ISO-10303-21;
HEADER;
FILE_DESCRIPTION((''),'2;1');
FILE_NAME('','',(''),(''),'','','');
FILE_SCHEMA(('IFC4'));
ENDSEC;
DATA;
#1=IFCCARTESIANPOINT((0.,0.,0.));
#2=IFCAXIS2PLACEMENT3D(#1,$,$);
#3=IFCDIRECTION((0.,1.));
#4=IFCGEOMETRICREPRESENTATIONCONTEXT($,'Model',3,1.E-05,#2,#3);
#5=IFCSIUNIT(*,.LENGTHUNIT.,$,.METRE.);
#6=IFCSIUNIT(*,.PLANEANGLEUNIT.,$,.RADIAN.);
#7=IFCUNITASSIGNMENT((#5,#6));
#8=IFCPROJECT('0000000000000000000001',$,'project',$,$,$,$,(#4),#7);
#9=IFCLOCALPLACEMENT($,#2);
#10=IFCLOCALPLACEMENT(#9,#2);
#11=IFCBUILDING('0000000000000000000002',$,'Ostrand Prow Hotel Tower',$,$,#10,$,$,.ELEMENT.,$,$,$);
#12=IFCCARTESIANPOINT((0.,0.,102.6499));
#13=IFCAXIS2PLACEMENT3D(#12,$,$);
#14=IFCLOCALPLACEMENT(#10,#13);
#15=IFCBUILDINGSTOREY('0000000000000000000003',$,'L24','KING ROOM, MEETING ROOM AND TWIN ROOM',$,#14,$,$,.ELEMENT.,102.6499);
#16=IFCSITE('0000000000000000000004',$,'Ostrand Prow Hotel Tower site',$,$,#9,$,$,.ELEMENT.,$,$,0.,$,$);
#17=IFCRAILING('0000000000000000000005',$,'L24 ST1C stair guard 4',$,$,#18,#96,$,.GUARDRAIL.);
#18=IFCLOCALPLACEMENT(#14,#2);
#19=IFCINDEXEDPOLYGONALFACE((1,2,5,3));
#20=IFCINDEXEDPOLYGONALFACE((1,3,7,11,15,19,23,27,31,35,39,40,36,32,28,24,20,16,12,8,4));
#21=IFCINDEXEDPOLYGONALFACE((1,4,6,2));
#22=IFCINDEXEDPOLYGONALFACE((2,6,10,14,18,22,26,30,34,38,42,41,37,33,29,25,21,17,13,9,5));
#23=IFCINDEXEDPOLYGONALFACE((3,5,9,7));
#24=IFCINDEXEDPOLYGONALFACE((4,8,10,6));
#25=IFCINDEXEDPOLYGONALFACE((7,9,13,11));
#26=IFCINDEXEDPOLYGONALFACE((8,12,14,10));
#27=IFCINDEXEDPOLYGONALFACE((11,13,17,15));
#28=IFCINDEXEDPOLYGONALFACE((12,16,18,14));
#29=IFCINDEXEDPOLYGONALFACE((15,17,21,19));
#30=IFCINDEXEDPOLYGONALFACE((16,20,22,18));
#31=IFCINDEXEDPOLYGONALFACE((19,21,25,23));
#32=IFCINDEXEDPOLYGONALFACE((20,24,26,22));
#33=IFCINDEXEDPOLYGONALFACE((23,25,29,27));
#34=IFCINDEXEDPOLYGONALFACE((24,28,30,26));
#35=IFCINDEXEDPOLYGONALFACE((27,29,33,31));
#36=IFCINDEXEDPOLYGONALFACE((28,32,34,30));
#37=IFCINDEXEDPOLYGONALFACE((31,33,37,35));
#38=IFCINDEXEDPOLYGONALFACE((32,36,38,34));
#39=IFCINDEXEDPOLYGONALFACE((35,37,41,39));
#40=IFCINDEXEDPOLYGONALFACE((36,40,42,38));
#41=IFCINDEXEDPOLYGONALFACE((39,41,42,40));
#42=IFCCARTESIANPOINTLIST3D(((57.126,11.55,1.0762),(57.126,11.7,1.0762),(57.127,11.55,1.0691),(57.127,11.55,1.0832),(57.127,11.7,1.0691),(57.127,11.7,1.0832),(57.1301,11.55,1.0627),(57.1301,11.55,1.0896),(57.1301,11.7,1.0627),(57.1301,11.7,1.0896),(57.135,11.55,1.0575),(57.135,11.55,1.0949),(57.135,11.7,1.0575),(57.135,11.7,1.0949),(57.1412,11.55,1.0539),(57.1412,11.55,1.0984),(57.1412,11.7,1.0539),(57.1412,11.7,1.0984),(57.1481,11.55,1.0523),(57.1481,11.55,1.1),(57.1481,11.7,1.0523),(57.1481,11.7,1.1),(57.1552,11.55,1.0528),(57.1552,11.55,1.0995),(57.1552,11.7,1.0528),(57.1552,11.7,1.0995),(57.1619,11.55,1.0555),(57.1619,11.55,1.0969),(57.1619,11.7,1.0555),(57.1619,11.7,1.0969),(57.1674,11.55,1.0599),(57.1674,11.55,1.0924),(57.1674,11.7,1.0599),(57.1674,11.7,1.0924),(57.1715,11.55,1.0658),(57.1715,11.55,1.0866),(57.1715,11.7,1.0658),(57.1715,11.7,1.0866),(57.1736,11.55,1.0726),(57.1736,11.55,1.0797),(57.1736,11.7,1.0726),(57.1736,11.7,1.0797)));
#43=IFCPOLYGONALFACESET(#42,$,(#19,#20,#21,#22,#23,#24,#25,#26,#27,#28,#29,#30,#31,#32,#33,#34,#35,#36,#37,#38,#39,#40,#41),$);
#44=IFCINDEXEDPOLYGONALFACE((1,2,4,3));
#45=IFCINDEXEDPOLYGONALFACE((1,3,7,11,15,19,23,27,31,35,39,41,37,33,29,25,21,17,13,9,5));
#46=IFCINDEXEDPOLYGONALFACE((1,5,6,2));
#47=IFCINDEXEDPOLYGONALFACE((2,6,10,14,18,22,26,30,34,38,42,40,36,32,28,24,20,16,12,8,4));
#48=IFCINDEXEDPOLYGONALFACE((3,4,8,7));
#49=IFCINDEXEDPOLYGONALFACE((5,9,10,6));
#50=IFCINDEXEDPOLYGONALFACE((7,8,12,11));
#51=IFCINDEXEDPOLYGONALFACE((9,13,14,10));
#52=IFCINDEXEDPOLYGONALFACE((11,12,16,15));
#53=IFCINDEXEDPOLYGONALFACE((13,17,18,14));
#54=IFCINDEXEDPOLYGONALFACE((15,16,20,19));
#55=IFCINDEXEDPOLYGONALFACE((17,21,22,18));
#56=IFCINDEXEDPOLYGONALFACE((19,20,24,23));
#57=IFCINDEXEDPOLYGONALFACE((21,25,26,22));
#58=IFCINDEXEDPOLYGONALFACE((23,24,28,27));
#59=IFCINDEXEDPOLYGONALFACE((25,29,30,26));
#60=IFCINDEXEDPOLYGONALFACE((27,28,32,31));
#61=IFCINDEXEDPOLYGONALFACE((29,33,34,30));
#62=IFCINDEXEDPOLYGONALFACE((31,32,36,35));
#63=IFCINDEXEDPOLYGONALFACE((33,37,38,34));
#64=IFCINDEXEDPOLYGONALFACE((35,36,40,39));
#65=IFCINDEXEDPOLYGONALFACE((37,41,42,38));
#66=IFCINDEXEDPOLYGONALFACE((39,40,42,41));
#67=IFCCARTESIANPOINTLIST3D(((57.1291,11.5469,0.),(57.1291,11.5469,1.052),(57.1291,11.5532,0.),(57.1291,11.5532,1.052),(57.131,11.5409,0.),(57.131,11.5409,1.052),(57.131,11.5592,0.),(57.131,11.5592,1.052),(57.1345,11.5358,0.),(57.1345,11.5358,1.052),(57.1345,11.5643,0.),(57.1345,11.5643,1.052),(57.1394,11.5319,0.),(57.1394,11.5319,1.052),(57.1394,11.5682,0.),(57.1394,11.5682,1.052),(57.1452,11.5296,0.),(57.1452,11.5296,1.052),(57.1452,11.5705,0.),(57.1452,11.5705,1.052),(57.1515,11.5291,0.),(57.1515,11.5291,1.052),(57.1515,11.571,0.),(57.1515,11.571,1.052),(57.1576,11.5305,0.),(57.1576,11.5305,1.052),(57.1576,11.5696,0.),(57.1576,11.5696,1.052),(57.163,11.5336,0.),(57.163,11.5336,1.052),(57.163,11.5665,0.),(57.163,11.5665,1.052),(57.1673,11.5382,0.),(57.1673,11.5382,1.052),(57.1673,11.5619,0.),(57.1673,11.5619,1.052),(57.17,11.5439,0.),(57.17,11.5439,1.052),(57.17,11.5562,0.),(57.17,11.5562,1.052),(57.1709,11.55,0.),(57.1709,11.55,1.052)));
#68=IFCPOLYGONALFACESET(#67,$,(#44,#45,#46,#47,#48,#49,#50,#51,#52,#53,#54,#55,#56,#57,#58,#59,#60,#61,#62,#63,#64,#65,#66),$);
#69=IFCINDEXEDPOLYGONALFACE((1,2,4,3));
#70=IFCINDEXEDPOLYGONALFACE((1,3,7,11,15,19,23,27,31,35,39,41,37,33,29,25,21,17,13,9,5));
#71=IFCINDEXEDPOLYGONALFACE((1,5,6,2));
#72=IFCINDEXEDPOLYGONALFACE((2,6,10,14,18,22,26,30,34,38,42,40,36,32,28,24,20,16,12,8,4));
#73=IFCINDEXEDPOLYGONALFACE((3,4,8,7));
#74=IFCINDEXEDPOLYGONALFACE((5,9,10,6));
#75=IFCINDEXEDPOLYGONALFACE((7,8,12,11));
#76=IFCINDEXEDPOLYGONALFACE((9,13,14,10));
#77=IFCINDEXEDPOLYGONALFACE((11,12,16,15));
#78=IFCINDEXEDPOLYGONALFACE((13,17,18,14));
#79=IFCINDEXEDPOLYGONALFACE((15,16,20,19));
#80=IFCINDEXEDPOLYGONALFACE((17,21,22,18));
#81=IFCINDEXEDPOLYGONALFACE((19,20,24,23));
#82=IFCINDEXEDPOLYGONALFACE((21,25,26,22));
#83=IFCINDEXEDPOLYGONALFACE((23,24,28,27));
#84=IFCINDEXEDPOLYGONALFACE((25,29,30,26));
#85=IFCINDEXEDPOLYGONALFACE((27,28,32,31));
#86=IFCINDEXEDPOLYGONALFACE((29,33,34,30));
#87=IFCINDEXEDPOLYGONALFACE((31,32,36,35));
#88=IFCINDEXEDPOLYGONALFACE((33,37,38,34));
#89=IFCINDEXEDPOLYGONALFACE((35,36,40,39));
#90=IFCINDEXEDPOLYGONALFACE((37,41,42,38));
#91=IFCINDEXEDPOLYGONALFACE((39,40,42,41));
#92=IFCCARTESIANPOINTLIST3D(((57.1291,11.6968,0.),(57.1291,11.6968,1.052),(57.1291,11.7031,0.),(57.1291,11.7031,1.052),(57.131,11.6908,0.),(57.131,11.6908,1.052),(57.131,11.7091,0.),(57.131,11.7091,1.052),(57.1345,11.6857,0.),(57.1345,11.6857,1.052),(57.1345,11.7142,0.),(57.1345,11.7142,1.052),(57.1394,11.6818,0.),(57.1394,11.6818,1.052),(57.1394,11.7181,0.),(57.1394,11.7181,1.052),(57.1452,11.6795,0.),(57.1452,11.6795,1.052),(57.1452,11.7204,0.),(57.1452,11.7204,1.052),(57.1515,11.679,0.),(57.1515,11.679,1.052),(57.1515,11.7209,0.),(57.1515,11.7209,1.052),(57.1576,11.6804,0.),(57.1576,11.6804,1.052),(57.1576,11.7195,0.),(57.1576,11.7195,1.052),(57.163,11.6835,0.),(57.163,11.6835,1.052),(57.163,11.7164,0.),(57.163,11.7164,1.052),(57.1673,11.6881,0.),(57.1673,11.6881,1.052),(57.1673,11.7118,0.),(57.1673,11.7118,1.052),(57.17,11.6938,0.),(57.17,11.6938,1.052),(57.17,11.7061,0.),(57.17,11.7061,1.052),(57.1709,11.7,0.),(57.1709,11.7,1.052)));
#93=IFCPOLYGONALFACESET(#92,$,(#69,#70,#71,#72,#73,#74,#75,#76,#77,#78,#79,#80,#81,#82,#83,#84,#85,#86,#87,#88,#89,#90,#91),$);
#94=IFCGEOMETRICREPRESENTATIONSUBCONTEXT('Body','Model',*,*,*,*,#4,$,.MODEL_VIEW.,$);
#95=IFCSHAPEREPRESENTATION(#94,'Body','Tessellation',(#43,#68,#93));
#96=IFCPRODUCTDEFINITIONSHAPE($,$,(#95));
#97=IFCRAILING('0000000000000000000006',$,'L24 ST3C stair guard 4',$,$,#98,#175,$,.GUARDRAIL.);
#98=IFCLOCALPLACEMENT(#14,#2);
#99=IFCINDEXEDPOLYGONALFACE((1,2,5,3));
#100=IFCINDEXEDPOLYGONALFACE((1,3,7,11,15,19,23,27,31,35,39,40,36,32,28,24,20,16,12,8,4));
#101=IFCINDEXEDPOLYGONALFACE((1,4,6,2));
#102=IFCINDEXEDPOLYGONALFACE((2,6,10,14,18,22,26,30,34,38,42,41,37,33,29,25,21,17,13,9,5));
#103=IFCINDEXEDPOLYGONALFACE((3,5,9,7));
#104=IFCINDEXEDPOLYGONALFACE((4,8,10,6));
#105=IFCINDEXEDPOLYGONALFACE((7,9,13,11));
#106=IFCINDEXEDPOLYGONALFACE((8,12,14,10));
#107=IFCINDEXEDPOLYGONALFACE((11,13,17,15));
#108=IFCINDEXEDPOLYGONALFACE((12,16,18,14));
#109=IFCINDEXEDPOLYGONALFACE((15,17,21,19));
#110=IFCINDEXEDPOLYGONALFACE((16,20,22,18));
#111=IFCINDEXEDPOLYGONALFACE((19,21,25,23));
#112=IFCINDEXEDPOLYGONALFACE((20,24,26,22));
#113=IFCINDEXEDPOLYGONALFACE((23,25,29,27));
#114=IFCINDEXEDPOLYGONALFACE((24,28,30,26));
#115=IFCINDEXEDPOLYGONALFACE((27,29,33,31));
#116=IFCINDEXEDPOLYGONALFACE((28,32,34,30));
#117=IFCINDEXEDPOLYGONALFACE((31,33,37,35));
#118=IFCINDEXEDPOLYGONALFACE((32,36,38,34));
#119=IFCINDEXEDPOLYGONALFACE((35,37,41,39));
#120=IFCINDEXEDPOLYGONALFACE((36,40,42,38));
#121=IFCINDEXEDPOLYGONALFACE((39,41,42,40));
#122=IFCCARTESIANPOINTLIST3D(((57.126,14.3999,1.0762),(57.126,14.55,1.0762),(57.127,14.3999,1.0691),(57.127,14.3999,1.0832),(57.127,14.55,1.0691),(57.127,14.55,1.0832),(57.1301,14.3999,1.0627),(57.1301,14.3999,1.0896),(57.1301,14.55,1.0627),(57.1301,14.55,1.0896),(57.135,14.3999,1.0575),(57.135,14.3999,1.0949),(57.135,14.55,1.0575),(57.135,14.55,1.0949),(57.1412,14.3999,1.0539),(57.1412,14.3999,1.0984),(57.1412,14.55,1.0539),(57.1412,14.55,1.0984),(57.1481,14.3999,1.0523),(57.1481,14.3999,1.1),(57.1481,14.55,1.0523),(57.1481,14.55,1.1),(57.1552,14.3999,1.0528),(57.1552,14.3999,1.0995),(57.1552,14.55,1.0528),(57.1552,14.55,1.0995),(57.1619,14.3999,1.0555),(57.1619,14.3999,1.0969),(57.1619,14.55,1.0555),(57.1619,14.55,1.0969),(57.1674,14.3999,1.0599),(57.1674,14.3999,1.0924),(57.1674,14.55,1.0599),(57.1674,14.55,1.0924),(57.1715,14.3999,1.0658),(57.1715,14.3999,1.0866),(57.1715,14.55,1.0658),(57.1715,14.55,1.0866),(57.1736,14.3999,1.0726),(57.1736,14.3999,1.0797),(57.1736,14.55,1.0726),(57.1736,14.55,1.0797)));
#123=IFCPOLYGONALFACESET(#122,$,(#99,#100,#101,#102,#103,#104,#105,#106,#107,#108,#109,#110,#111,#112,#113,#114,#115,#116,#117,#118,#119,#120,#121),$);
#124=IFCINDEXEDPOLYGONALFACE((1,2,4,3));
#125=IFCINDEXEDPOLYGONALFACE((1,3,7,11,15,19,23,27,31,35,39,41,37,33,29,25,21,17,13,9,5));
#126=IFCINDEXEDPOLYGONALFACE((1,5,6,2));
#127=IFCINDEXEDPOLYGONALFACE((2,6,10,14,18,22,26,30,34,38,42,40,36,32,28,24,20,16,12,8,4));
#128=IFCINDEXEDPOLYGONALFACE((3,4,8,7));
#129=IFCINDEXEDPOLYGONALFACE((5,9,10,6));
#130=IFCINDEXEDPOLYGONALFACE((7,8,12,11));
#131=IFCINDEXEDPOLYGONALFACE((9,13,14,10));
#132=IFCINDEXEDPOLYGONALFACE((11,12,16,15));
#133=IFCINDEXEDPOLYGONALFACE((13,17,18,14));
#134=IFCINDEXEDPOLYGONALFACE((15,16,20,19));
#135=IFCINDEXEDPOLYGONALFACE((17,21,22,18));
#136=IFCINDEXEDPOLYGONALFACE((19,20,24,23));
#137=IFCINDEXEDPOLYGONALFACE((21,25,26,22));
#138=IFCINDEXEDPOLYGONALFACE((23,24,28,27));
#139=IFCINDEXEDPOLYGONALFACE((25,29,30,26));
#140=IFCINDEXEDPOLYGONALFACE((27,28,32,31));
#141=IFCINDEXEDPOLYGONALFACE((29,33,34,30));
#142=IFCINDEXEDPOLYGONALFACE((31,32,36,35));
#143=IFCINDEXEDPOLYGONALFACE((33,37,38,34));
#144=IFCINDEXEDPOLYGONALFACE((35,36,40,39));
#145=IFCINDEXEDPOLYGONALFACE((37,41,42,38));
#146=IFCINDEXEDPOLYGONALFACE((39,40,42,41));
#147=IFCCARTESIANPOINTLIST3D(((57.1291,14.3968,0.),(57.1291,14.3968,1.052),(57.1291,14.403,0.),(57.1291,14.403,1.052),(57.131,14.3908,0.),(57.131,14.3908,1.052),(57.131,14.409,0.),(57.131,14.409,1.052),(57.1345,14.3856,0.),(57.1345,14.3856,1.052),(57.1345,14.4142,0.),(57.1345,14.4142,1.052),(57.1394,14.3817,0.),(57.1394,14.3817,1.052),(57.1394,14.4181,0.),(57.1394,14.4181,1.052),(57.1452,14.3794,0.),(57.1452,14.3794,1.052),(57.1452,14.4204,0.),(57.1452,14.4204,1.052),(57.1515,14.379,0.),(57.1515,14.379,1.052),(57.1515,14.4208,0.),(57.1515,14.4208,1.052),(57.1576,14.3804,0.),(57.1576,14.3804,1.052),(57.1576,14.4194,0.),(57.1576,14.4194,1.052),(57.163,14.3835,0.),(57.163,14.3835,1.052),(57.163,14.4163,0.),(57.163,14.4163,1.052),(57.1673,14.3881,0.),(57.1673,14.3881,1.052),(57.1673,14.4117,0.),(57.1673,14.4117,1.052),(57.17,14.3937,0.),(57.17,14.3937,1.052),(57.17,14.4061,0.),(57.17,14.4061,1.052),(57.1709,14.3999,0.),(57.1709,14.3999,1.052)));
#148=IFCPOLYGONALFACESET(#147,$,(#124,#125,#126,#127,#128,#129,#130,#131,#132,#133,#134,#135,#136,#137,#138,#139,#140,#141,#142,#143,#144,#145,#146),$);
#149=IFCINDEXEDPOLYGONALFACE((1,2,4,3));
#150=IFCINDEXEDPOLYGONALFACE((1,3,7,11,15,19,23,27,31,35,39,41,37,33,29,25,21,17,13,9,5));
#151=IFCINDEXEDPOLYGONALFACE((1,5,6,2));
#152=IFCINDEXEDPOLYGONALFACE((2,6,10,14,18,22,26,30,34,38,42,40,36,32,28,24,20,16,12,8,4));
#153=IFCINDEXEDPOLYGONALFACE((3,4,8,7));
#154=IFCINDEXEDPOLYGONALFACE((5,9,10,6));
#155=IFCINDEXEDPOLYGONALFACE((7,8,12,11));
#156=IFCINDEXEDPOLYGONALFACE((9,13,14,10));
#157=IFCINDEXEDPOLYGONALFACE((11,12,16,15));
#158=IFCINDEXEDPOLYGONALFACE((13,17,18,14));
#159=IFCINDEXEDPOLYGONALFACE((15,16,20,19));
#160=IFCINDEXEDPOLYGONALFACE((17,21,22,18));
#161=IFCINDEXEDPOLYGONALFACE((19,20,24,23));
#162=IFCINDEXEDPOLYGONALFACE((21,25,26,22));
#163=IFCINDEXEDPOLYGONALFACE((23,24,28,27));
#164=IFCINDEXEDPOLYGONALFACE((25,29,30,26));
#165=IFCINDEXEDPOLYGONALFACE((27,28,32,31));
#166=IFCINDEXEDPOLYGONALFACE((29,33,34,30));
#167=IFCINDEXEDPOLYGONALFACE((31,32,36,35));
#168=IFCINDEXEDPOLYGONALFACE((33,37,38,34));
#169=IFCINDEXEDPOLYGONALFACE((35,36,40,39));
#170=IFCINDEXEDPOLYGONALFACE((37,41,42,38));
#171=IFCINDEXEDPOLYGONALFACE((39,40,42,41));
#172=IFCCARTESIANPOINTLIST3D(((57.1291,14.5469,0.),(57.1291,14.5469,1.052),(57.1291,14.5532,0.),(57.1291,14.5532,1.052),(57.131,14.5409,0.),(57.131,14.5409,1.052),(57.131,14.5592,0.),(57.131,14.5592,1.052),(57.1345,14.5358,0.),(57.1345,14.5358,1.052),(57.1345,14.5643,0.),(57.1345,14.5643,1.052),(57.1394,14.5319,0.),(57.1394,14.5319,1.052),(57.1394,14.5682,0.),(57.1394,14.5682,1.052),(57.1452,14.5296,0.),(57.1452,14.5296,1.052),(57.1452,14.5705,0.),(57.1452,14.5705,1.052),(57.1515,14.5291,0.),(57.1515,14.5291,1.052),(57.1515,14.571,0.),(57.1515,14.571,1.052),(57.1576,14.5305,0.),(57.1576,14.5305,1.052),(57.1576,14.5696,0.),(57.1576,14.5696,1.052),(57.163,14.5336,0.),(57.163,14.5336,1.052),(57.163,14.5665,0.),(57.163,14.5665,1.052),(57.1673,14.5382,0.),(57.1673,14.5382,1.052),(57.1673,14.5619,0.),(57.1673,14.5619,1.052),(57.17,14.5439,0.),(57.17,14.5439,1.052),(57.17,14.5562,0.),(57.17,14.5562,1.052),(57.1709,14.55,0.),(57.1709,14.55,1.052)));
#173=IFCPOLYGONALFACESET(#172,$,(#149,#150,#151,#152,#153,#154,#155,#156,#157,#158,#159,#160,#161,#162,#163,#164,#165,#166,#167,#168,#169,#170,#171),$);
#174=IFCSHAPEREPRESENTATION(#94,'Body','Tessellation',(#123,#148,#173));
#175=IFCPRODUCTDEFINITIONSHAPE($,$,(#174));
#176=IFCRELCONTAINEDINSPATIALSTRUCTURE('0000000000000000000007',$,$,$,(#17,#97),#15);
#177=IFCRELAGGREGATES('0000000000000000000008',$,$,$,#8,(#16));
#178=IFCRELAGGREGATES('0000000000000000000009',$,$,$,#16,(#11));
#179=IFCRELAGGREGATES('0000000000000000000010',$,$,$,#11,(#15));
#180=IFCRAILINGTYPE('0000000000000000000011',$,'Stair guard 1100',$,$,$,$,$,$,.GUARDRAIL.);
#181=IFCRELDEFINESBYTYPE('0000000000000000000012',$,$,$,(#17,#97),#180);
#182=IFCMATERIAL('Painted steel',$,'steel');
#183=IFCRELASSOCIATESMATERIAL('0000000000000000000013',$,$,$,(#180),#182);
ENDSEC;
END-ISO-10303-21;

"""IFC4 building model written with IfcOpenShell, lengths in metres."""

from ifc_helpers import new_model, si_unit, direction, frame, origin, origin_2d, place, context, subcontext, project, spatial, circle, extrude, material, type_object, element, save


model = new_model("IFC4")

# Units and contexts
model_context = context("Model", 3, precision=1e-05, world=origin(), true_north=direction((0.0, 1.0)))
body_context = subcontext(model_context, "Body", "Model", "MODEL_VIEW")
ifc_project = project(units=[si_unit("LENGTHUNIT", "METRE"), si_unit("PLANEANGLEUNIT", "RADIAN")], contexts=[model_context])

# Site, building, storey
site_placement = place(None, origin())
site = spatial("IfcSite", under=ifc_project, at=site_placement, Name="Ostrand Prow Hotel Tower site", CompositionType="ELEMENT", RefElevation=0.0)
building_placement = place(site_placement, origin())
building = spatial("IfcBuilding", under=site, at=building_placement, Name="Ostrand Prow Hotel Tower", CompositionType="ELEMENT")
storey_placement = place(building_placement, frame((0.0, 0.0, 102.6499)))
storey = spatial("IfcBuildingStorey", under=building, at=storey_placement, Name="L24", Description="KING ROOM, MEETING ROOM AND TWIN ROOM", CompositionType="ELEMENT", Elevation=102.6499)

# Railings
ifc_material_1 = material(Name="Painted steel", Category="steel")
railing_type_1 = type_object("IfcRailingType", Name="Stair guard 1100", PredefinedType="GUARDRAIL", material=ifc_material_1)
railing_1_placement = place(storey_placement, frame((57.1499, 11.55, 0.0)))
element("IfcRailing", 1, at=railing_1_placement, inside=storey, type_object=railing_type_1, Name="L24 ST1C stair guard 4", PredefinedType="GUARDRAIL", context=body_context, shape_type="SweptSolid", body=[
    extrude(circle(Radius=0.0239, at=origin_2d()), frame((0.0, 0.0, 1.0762), z_axis=(0.0, 1.0, 0.0), x_axis=(-1.0, 0.0, 0.0)), (0.0, 0.0, 1.0), 0.1499),
    extrude(circle(Radius=0.021, at=origin_2d()), origin(), (0.0, 0.0, 1.0), 1.052),
    extrude(circle(Radius=0.021, at=origin_2d()), frame((0.0, 0.1499, 0.0)), (0.0, 0.0, 1.0), 1.052),
])
railing_2_placement = place(storey_placement, frame((57.1499, 14.3999, 0.0)))
element("IfcRailing", 2, at=railing_2_placement, inside=storey, type_object=railing_type_1, Name="L24 ST3C stair guard 4", PredefinedType="GUARDRAIL", context=body_context, shape_type="SweptSolid", body=[
    extrude(circle(Radius=0.0239, at=origin_2d()), frame((0.0, 0.0, 1.0762), z_axis=(0.0, 1.0, 0.0), x_axis=(-1.0, 0.0, 0.0)), (0.0, 0.0, 1.0), 0.1501),
    extrude(circle(Radius=0.021, at=origin_2d()), origin(), (0.0, 0.0, 1.0), 1.052),
    extrude(circle(Radius=0.021, at=origin_2d()), frame((0.0, 0.1501, 0.0)), (0.0, 0.0, 1.0), 1.052),
])

save(model, "model.ifc")
